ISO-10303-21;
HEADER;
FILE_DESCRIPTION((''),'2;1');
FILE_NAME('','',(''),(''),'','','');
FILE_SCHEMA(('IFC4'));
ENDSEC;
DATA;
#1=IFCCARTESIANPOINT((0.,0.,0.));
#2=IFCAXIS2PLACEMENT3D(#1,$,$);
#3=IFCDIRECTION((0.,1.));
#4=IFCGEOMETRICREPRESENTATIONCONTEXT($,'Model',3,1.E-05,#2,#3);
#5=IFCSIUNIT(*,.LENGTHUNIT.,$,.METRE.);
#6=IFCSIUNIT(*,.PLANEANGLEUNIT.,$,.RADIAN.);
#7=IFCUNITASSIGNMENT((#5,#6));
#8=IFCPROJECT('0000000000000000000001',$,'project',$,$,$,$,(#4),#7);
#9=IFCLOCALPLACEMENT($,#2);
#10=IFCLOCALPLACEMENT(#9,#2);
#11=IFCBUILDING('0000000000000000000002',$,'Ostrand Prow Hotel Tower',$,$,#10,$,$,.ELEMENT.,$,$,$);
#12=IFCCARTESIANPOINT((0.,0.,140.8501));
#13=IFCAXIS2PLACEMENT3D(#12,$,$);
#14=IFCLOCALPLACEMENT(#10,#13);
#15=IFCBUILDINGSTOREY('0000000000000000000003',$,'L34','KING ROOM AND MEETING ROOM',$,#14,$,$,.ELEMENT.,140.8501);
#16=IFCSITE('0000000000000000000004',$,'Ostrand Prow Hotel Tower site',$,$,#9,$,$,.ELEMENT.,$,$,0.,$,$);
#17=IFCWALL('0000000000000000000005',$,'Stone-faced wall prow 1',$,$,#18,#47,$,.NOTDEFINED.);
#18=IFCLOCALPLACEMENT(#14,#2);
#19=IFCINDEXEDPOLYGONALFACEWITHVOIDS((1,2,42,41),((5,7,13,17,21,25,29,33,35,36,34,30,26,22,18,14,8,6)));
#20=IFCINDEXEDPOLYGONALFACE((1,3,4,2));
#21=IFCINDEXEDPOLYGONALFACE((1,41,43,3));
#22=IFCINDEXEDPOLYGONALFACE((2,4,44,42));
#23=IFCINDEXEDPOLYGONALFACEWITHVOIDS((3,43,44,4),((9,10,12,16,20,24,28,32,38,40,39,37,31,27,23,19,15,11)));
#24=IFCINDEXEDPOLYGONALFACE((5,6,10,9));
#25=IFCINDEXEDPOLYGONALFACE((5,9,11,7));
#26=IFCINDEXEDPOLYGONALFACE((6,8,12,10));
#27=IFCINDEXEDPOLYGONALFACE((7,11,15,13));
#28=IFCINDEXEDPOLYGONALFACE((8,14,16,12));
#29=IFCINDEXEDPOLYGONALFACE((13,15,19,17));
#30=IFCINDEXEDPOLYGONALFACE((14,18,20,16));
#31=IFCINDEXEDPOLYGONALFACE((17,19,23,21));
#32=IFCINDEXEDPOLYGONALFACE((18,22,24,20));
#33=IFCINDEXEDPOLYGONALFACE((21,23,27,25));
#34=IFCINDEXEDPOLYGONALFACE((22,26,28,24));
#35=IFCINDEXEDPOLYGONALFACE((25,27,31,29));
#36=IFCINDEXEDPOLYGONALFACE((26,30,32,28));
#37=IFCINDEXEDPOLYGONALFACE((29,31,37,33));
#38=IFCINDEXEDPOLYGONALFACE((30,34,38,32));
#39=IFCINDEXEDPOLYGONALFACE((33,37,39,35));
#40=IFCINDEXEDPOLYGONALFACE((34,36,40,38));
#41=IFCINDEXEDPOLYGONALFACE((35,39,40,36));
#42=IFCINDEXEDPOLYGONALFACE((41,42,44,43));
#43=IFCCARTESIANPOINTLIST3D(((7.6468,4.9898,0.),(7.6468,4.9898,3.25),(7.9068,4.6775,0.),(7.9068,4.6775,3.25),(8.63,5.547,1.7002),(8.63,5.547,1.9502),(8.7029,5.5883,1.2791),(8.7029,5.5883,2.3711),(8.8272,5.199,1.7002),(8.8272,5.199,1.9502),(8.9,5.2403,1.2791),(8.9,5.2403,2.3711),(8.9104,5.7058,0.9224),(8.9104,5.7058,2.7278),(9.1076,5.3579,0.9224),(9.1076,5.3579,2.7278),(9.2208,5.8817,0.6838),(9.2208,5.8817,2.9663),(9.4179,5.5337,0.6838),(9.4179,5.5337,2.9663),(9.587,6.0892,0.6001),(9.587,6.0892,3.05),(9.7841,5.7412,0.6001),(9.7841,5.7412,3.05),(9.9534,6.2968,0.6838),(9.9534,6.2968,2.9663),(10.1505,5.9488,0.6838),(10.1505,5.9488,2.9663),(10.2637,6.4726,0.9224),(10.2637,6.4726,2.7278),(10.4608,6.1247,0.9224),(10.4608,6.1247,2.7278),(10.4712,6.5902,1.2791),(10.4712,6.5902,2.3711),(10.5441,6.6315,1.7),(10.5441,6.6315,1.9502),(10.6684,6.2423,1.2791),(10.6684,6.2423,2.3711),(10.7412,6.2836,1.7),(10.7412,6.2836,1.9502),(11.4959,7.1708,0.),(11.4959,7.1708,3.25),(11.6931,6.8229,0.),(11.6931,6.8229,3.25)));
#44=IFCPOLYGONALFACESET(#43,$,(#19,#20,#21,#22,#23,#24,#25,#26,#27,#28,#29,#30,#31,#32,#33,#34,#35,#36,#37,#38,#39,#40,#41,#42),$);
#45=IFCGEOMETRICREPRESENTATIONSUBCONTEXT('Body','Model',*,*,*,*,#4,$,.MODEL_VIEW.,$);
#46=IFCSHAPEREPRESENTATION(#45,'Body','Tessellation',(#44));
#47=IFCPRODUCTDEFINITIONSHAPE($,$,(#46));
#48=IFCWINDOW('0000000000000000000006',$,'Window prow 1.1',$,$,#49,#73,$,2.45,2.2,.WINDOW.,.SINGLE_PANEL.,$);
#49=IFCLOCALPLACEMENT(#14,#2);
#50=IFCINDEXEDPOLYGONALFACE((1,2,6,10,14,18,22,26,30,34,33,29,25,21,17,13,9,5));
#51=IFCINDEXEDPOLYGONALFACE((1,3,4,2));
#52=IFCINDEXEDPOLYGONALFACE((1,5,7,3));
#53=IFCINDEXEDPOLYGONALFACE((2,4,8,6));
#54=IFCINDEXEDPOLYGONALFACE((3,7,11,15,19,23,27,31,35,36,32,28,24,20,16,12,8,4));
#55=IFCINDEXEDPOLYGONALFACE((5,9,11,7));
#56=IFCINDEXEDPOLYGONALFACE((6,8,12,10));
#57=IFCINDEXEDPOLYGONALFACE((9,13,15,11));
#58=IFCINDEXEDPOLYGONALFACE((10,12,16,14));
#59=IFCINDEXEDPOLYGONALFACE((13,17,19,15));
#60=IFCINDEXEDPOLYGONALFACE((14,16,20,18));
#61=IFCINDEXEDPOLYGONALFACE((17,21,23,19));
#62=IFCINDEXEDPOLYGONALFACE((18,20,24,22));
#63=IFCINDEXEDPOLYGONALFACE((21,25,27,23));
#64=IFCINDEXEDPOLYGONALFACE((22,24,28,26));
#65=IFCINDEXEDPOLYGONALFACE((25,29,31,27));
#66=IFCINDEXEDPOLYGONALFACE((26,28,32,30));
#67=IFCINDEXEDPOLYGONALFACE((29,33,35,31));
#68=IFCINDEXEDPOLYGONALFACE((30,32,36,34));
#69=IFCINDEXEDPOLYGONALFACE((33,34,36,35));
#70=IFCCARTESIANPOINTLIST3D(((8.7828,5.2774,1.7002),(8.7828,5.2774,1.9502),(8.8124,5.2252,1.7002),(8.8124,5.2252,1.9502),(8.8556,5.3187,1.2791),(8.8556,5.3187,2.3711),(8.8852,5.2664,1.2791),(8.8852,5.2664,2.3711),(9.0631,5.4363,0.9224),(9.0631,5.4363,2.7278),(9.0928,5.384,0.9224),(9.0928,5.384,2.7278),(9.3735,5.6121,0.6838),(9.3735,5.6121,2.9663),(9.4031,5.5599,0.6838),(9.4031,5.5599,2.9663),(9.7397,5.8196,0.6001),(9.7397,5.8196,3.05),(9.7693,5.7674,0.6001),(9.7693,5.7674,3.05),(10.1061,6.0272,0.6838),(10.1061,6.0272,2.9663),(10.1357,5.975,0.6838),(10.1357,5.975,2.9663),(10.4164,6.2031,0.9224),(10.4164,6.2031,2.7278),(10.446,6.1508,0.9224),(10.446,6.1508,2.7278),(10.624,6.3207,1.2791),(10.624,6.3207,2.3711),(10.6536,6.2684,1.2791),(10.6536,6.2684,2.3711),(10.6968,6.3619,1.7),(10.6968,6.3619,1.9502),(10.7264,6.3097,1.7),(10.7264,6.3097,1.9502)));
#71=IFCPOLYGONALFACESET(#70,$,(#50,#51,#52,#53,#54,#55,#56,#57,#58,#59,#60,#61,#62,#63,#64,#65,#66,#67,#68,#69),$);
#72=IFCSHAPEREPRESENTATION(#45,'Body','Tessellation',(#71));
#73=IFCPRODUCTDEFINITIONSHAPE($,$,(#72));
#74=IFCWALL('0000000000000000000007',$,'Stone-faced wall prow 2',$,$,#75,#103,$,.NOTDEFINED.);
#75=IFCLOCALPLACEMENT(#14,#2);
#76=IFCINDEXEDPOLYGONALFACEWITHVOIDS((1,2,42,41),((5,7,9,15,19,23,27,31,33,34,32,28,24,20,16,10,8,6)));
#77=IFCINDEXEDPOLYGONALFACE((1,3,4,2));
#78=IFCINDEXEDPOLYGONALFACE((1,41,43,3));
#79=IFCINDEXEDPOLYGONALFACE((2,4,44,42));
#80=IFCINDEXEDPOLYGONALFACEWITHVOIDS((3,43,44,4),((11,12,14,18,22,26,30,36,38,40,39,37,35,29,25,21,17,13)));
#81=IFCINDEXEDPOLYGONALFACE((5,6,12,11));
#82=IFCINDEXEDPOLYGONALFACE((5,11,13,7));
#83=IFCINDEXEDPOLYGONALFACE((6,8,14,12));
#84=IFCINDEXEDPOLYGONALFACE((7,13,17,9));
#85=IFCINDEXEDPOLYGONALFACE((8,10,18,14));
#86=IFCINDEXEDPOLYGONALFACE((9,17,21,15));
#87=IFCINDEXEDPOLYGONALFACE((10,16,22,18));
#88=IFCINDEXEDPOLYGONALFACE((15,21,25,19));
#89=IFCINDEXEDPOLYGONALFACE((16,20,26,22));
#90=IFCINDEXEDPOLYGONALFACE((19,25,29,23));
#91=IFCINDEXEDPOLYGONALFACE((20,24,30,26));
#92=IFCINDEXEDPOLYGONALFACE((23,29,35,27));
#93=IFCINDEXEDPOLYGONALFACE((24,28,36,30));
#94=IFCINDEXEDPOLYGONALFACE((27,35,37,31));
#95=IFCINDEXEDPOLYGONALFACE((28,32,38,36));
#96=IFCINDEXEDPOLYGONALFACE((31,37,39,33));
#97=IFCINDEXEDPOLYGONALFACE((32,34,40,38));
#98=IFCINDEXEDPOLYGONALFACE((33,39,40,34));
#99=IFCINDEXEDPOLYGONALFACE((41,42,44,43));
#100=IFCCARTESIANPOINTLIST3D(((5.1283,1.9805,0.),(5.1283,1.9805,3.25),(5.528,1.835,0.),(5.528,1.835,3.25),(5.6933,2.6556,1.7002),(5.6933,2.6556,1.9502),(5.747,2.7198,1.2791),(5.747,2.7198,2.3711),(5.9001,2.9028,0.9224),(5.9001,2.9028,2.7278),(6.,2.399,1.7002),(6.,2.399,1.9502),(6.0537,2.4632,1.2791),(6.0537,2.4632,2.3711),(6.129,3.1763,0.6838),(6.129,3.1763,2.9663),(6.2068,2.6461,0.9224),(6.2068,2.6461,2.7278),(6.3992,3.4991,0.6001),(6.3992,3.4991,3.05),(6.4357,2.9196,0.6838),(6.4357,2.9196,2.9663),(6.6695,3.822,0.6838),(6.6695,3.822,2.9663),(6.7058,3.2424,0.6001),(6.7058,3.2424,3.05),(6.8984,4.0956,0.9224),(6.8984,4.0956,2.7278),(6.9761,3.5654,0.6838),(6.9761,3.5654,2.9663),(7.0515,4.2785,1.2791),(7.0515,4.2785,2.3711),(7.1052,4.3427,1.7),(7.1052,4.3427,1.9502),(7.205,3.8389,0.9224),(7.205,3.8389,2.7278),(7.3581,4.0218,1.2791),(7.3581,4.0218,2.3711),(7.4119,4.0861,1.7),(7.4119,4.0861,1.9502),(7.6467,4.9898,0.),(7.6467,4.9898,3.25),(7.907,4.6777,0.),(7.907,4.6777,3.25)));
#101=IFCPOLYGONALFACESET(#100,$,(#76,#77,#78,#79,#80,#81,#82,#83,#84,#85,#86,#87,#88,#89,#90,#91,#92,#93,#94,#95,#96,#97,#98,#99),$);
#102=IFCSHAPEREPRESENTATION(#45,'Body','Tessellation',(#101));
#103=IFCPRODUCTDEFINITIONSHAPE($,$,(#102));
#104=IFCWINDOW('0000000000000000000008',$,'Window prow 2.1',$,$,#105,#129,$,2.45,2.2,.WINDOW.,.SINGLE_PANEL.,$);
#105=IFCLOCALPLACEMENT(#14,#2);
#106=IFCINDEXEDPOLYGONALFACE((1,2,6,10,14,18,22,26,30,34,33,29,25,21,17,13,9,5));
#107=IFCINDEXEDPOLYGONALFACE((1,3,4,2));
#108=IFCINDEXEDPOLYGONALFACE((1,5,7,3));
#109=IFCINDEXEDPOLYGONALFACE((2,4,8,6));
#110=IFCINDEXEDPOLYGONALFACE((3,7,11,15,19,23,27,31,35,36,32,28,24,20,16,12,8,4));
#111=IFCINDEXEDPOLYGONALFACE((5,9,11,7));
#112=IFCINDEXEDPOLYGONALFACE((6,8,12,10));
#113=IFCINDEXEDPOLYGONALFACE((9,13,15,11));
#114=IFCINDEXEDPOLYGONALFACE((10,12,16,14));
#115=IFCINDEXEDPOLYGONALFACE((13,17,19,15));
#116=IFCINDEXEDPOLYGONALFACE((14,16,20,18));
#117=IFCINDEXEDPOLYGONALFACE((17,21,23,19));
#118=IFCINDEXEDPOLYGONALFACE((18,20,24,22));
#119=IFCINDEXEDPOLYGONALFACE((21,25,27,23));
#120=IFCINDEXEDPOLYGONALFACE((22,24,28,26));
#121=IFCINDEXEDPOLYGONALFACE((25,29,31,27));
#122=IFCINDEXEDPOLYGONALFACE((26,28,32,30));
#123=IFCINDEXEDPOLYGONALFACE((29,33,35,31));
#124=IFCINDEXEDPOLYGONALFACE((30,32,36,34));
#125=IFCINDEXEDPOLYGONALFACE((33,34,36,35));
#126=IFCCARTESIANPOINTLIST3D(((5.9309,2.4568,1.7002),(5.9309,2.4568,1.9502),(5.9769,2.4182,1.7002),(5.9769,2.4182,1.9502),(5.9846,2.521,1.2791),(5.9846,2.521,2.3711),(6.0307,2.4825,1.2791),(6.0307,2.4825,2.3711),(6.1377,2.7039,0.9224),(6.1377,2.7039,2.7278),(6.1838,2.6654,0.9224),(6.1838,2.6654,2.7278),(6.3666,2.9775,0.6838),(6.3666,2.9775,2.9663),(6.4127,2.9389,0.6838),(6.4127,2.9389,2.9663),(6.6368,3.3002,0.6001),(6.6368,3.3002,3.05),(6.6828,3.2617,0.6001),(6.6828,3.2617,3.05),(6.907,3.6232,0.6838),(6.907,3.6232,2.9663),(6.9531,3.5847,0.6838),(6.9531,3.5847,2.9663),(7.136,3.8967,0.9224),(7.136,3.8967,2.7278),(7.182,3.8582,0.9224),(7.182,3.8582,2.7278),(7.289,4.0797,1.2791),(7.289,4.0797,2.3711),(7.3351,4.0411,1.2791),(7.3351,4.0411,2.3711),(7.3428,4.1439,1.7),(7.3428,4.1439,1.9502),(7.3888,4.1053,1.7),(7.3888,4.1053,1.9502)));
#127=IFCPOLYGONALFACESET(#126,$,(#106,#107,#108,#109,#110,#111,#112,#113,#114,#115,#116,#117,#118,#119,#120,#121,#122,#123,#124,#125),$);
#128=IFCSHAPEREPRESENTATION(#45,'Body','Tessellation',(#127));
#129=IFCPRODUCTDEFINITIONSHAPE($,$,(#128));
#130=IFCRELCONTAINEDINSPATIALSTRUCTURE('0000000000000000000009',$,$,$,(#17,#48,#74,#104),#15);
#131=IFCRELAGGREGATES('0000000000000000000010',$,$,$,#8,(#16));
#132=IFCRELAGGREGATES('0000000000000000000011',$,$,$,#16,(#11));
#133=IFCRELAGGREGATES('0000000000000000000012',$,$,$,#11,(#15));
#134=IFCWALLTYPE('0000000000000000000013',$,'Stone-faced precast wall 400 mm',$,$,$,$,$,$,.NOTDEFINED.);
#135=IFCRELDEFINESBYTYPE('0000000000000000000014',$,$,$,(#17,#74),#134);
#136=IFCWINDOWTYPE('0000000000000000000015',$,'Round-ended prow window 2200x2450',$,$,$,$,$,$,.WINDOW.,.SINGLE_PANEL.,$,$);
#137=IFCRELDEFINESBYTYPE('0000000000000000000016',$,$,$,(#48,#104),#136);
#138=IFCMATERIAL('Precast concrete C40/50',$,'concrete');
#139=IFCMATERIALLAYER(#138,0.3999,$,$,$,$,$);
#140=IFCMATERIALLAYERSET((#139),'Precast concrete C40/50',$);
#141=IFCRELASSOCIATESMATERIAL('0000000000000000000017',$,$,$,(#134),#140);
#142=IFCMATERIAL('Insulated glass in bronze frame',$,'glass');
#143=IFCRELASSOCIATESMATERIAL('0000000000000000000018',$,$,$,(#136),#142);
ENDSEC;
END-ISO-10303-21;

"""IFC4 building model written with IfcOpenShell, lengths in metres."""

from ifc_helpers import new_model, si_unit, direction, frame, origin, place, context, subcontext, project, spatial, polyline, outline, extrude, material, layer, layer_set, type_object, element, fill, save


model = new_model("IFC4")

# Units and contexts
model_context = context("Model", 3, precision=1e-05, world=origin(), true_north=direction((0.0, 1.0)))
body_context = subcontext(model_context, "Body", "Model", "MODEL_VIEW")
ifc_project = project(units=[si_unit("LENGTHUNIT", "METRE"), si_unit("PLANEANGLEUNIT", "RADIAN")], contexts=[model_context])

# Site, building, storey
site_placement = place(None, origin())
site = spatial("IfcSite", under=ifc_project, at=site_placement, Name="Ostrand Prow Hotel Tower site", CompositionType="ELEMENT", RefElevation=0.0)
building_placement = place(site_placement, origin())
building = spatial("IfcBuilding", under=site, at=building_placement, Name="Ostrand Prow Hotel Tower", CompositionType="ELEMENT")
storey_placement = place(building_placement, frame((0.0, 0.0, 140.8501)))
storey = spatial("IfcBuildingStorey", under=building, at=storey_placement, Name="L34", Description="KING ROOM AND MEETING ROOM", CompositionType="ELEMENT", Elevation=140.8501)

# Walls, openings, windows
ifc_material_1 = material(Name="Precast concrete C40/50", Category="concrete")
ifc_layer_1 = layer(ifc_material_1, 0.3999)
ifc_layer_set_1 = layer_set([ifc_layer_1], Name="Precast concrete C40/50")
wall_type_1 = type_object("IfcWallType", Name="Stone-faced precast wall 400 mm", PredefinedType="NOTDEFINED", material=ifc_layer_set_1)
wall_1_placement = place(storey_placement, frame((11.5945, 6.9968, 0.0), z_axis=(0.0, 0.0, 1.0), x_axis=(-0.870045, -0.492972, 0.0)))
wall_1 = element("IfcWall", 1, at=wall_1_placement, inside=storey, type_object=wall_type_1, Name="Stone-faced wall prow 1", PredefinedType="NOTDEFINED", context=body_context, shape_type="SweptSolid", body=[
    extrude(outline(polyline([(0.0, -0.2), (4.4241, -0.2), (4.3518, 0.2), (0.0, 0.2), (0.0, -0.2)])), origin(), (0.0, 0.0, 1.0), 3.25),
])
opening_1_placement = place(wall_1_placement, frame((1.094, 0.0, 0.6001)))
opening_1 = element("IfcOpeningElement", 2, at=opening_1_placement, cuts=wall_1, PredefinedType="OPENING", context=body_context, shape_type="SweptSolid", body=[
    extrude(outline(polyline([(0.0, 1.3501), (0.0837, 1.771), (0.3223, 2.1277), (0.679, 2.3662), (1.1001, 2.45), (1.521, 2.3662), (1.8777, 2.1277), (2.1162, 1.771), (2.2, 1.3501), (2.2, 1.1001), (2.1162, 0.679), (1.8777, 0.3223), (1.521, 0.0837), (1.1001, 0.0), (0.679, 0.0837), (0.3223, 0.3223), (0.0837, 0.679), (0.0, 1.0999), (0.0, 1.3501)])), frame((0.0, 0.21, 0.0), z_axis=(0.0, -1.0, 0.0), x_axis=(1.0, 0.0, 0.0)), (0.0, 0.0, 1.0), 0.4199),
])
ifc_material_2 = material(Name="Insulated glass in bronze frame", Category="glass")
window_type = type_object("IfcWindowType", Name="Round-ended prow window 2200x2450", PartitioningType="SINGLE_PANEL", PredefinedType="WINDOW", material=ifc_material_2)
window_1_placement = place(opening_1_placement, origin())
window_1 = element("IfcWindow", 3, at=window_1_placement, inside=storey, type_object=window_type, Name="Window prow 1.1", OverallHeight=2.45, OverallWidth=2.2, PartitioningType="SINGLE_PANEL", PredefinedType="WINDOW", context=body_context, shape_type="SweptSolid", body=[
    extrude(outline(polyline([(0.0, 1.3501), (0.0837, 1.771), (0.3223, 2.1277), (0.679, 2.3662), (1.1001, 2.45), (1.521, 2.3662), (1.8777, 2.1277), (2.1162, 1.771), (2.2, 1.3501), (2.2, 1.1001), (2.1162, 0.679), (1.8777, 0.3223), (1.521, 0.0837), (1.1001, 0.0), (0.679, 0.0837), (0.3223, 0.3223), (0.0837, 0.679), (0.0, 1.0999), (0.0, 1.3501)])), frame((0.0, 0.1699, 0.0), z_axis=(0.0, -1.0, 0.0), x_axis=(1.0, 0.0, 0.0)), (0.0, 0.0, 1.0), 0.0601),
])
fill(opening_1, window_1)
wall_2_placement = place(storey_placement, frame((7.7769, 4.8337, 0.0), z_axis=(0.0, 0.0, 1.0), x_axis=(-0.641788, -0.766882, 0.0)))
wall_2 = element("IfcWall", 4, at=wall_2_placement, inside=storey, type_object=wall_type_1, Name="Stone-faced wall prow 2", PredefinedType="NOTDEFINED", context=body_context, shape_type="SweptSolid", body=[
    extrude(outline(polyline([(-0.0361, -0.2), (3.8879, -0.2), (3.7429, 0.2), (0.0361, 0.2), (-0.0361, -0.2)])), origin(), (0.0, 0.0, 1.0), 3.25),
])
opening_2_placement = place(wall_2_placement, frame((0.8076, 0.0, 0.6001)))
opening_2 = element("IfcOpeningElement", 5, at=opening_2_placement, cuts=wall_2, PredefinedType="OPENING", context=body_context, shape_type="SweptSolid", body=[
    extrude(outline(polyline([(0.0, 1.3501), (0.0837, 1.771), (0.3223, 2.1277), (0.679, 2.3662), (1.1001, 2.45), (1.521, 2.3662), (1.8777, 2.1277), (2.1162, 1.771), (2.2, 1.3501), (2.2, 1.1001), (2.1162, 0.679), (1.8777, 0.3223), (1.521, 0.0837), (1.1001, 0.0), (0.679, 0.0837), (0.3223, 0.3223), (0.0837, 0.679), (0.0, 1.0999), (0.0, 1.3501)])), frame((0.0, 0.21, 0.0), z_axis=(0.0, -1.0, 0.0), x_axis=(1.0, 0.0, 0.0)), (0.0, 0.0, 1.0), 0.4199),
])
window_2_placement = place(opening_2_placement, origin())
window_2 = element("IfcWindow", 6, at=window_2_placement, inside=storey, type_object=window_type, Name="Window prow 2.1", OverallHeight=2.45, OverallWidth=2.2, PartitioningType="SINGLE_PANEL", PredefinedType="WINDOW", context=body_context, shape_type="SweptSolid", body=[
    extrude(outline(polyline([(0.0, 1.3501), (0.0837, 1.771), (0.3223, 2.1277), (0.679, 2.3662), (1.1001, 2.45), (1.521, 2.3662), (1.8777, 2.1277), (2.1162, 1.771), (2.2, 1.3501), (2.2, 1.1001), (2.1162, 0.679), (1.8777, 0.3223), (1.521, 0.0837), (1.1001, 0.0), (0.679, 0.0837), (0.3223, 0.3223), (0.0837, 0.679), (0.0, 1.0999), (0.0, 1.3501)])), frame((0.0, 0.1699, 0.0), z_axis=(0.0, -1.0, 0.0), x_axis=(1.0, 0.0, 0.0)), (0.0, 0.0, 1.0), 0.0601),
])
fill(opening_2, window_2)

save(model, "model.ifc")
